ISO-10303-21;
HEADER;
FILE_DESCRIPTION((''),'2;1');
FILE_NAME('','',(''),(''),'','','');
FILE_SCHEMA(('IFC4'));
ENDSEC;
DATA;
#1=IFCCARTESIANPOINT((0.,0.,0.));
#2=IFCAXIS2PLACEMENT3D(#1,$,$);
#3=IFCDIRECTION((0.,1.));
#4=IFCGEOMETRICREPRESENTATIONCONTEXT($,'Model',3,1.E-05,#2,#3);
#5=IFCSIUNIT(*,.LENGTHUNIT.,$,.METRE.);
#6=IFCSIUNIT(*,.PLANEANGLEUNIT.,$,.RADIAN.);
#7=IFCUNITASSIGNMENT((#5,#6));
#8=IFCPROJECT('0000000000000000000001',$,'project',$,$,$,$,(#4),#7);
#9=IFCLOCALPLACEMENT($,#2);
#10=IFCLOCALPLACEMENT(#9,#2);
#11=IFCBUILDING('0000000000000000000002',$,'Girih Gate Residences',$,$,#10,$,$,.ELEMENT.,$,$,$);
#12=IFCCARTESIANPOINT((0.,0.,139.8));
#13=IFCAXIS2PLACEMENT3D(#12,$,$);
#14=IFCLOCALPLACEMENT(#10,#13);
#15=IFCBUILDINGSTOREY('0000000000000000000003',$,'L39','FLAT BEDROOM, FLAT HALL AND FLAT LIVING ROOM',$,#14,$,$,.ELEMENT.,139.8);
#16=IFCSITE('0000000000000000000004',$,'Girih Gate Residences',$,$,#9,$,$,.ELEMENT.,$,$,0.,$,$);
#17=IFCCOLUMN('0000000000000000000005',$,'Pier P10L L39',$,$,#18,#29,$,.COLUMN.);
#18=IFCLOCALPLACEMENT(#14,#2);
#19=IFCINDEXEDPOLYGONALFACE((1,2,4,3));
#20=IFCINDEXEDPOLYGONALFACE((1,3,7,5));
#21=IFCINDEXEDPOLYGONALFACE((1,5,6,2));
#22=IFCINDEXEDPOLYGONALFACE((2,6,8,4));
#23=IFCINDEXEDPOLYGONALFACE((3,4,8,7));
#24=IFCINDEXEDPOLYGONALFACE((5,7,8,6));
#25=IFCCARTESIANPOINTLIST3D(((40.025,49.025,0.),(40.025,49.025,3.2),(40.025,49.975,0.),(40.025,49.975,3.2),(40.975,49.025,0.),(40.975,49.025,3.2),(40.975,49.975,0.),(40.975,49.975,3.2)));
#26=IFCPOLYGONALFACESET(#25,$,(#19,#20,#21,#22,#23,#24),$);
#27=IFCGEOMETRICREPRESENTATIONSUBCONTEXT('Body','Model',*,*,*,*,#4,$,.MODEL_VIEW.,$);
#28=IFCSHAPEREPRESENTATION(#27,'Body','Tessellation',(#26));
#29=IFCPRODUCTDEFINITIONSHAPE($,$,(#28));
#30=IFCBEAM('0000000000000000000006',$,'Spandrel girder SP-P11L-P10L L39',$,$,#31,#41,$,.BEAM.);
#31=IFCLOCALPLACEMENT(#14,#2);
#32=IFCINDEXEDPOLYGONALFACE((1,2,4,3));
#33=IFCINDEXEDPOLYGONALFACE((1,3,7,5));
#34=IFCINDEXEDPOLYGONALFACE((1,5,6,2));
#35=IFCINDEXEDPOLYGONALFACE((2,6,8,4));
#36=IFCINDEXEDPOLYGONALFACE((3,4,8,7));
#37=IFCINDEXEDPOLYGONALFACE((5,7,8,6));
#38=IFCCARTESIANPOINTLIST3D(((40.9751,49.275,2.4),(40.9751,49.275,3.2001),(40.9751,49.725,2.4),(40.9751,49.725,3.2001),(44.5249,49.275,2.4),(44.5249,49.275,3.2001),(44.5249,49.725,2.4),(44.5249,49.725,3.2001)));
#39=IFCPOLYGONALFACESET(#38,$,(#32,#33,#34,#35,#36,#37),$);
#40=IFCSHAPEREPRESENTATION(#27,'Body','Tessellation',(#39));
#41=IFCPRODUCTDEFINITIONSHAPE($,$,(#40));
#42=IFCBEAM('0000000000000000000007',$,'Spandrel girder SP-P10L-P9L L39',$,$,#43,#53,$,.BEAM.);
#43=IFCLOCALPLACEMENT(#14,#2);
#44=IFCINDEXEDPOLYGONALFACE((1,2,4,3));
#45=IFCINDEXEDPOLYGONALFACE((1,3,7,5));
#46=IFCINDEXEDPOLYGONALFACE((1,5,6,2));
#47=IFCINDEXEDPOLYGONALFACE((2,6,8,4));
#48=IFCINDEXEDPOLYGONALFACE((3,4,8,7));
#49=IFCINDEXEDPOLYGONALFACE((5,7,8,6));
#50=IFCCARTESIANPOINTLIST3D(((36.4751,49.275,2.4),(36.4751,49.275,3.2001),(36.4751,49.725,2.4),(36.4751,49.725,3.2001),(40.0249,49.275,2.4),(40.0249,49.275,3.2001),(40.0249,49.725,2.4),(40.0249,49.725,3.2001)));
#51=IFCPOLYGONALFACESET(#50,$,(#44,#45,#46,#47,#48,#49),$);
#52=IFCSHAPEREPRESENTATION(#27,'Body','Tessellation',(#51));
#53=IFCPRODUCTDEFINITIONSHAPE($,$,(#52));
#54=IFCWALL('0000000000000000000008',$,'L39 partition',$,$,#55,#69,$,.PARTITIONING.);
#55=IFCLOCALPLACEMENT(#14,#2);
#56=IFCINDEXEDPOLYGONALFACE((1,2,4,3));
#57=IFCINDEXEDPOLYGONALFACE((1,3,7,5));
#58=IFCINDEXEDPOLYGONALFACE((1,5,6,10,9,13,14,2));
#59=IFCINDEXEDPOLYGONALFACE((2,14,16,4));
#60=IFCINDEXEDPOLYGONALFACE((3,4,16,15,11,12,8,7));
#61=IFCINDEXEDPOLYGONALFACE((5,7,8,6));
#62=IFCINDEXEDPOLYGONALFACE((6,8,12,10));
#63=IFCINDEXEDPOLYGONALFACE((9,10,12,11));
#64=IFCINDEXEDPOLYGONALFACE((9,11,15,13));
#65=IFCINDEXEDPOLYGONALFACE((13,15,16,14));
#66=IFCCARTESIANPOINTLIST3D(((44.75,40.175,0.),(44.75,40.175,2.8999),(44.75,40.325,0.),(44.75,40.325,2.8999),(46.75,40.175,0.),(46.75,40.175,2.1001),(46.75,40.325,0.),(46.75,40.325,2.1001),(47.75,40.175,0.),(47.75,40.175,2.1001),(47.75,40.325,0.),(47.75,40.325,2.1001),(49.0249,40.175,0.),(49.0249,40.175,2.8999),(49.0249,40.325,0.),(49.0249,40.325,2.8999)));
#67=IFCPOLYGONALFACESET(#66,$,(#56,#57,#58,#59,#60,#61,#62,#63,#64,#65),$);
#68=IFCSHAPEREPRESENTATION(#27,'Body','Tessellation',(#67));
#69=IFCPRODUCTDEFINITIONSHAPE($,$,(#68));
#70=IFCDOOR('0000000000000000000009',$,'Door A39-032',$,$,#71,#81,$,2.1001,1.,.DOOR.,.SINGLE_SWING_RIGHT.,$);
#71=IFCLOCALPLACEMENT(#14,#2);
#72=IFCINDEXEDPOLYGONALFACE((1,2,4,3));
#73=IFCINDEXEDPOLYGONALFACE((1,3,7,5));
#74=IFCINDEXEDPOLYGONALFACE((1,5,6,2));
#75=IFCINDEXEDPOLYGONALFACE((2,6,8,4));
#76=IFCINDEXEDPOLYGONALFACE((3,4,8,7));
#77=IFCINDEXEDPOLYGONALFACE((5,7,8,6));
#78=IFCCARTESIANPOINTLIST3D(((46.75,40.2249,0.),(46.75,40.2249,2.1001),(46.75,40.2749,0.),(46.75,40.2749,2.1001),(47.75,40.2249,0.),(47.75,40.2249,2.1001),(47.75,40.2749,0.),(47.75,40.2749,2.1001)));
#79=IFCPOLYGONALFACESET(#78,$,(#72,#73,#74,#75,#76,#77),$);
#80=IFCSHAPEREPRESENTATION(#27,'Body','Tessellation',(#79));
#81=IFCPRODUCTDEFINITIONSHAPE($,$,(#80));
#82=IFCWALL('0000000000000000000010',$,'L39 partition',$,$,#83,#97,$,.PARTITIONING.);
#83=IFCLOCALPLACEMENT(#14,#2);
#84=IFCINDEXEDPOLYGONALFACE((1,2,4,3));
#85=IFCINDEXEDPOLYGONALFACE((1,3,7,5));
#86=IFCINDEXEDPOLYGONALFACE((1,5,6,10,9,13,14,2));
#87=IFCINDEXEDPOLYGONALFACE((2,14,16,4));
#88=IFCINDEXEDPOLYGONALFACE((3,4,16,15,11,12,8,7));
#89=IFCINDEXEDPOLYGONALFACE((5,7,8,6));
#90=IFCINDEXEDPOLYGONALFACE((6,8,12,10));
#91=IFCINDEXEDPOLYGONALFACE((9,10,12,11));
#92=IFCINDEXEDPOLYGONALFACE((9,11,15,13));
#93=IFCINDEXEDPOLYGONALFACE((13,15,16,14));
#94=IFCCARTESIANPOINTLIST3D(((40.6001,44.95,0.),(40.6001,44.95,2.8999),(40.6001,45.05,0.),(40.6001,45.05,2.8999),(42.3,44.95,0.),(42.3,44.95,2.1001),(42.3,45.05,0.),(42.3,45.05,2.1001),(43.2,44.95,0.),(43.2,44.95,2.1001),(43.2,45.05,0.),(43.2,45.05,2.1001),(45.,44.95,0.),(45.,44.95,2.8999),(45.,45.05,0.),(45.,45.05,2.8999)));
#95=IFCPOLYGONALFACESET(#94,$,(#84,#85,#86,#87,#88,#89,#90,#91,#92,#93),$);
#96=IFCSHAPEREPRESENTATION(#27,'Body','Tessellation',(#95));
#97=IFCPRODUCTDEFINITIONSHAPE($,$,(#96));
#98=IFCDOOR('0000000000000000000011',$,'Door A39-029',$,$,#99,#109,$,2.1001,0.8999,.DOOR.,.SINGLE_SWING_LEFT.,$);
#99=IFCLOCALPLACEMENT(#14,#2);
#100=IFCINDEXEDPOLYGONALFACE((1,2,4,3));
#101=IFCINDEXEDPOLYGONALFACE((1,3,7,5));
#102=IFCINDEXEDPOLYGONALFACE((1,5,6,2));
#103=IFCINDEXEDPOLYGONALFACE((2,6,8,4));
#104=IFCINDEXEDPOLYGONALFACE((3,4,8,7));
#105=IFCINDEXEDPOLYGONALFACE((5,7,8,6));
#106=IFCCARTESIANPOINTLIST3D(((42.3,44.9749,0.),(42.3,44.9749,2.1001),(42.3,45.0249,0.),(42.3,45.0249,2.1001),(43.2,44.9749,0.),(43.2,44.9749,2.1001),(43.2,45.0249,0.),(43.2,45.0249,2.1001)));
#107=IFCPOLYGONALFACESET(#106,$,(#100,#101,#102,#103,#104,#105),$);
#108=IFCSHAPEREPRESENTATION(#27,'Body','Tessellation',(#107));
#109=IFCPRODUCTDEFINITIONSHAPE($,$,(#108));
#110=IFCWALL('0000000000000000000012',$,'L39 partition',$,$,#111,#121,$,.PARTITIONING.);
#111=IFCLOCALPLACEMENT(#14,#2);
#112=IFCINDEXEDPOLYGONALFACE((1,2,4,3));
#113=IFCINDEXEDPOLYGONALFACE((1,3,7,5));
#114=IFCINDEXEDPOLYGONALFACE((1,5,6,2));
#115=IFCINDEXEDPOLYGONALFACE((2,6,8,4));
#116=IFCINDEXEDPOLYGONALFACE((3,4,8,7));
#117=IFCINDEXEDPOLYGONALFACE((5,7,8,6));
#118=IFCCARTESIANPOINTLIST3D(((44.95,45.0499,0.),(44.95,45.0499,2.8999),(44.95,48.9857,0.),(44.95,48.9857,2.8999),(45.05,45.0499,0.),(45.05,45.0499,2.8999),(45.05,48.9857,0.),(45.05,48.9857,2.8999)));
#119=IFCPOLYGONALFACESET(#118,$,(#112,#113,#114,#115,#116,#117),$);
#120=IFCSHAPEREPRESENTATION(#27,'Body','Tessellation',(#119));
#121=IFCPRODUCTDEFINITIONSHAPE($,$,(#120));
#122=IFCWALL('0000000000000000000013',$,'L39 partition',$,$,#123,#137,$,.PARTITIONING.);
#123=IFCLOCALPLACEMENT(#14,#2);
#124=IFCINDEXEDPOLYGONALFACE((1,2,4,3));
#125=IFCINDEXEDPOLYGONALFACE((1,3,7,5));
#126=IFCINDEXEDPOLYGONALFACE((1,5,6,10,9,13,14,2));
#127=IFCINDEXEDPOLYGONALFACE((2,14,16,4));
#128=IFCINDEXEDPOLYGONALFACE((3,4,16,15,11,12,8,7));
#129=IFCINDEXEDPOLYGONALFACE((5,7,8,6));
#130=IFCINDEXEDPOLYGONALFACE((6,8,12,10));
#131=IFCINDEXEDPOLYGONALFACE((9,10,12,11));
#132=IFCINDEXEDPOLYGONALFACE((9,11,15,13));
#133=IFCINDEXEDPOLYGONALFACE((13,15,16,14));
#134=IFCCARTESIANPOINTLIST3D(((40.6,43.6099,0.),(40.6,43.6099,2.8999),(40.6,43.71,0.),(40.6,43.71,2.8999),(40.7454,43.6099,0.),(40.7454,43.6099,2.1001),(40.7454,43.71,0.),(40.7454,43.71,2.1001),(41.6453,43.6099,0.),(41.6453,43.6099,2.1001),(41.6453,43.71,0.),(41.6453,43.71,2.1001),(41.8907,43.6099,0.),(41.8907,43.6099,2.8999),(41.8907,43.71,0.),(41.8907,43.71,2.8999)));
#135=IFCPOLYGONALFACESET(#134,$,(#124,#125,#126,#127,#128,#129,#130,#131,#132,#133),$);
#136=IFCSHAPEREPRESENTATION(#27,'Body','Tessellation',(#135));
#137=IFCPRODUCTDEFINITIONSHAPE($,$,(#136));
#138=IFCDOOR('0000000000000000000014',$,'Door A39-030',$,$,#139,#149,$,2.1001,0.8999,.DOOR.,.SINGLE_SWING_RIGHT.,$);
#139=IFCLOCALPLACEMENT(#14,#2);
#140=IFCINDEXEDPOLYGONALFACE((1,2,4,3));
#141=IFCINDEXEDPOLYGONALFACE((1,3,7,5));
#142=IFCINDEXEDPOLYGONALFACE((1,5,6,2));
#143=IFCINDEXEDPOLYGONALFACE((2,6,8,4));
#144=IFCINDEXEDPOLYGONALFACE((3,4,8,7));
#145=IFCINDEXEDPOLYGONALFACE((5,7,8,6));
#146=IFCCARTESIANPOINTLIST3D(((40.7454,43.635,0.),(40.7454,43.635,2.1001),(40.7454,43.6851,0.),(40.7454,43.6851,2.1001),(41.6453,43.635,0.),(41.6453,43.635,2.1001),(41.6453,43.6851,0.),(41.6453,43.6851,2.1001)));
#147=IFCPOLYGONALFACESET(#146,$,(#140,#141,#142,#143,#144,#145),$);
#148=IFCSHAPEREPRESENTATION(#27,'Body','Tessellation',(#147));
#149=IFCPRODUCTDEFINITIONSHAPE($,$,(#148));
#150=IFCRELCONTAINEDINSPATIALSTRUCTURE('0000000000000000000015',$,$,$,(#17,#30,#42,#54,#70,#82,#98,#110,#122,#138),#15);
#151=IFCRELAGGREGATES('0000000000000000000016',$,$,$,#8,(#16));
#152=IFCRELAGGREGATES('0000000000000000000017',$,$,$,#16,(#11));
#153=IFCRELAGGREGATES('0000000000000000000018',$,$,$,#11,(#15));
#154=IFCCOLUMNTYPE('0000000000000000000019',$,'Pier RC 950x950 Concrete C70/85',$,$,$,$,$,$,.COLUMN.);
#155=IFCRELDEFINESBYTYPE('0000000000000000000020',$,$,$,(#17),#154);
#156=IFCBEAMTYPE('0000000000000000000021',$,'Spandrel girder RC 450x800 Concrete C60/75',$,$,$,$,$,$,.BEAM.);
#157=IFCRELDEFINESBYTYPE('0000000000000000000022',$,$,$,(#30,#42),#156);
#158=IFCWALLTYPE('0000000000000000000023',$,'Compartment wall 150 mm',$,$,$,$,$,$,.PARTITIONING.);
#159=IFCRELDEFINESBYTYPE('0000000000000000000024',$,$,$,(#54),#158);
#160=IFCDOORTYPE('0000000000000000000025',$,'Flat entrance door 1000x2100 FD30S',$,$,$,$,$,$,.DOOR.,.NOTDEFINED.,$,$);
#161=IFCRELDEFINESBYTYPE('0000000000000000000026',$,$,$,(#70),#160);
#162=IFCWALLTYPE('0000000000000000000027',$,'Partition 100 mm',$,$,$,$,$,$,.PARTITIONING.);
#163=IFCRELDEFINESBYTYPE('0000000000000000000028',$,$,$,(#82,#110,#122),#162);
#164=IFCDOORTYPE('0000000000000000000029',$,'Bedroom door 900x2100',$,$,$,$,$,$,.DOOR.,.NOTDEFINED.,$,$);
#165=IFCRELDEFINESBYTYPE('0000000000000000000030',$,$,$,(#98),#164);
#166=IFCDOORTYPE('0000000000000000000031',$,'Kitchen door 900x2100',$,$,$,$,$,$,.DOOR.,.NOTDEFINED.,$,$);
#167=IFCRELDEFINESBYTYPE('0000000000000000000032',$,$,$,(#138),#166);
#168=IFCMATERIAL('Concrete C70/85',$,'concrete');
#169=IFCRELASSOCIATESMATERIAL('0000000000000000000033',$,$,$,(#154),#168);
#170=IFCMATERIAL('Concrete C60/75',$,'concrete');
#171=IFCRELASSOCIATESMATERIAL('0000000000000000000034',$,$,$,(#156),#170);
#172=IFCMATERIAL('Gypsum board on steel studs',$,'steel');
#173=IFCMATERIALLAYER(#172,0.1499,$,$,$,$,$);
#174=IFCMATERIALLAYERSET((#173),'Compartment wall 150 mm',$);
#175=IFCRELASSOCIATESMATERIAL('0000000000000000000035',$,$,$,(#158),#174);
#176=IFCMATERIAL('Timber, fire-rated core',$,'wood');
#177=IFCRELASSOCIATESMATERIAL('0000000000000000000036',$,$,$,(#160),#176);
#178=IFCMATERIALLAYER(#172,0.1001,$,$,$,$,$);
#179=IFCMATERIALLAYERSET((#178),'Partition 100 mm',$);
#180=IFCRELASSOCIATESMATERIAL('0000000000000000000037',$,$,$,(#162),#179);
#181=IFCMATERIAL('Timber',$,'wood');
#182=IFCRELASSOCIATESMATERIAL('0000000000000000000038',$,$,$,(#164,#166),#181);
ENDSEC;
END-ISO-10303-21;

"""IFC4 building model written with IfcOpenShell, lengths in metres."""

from ifc_helpers import new_model, si_unit, direction, frame, frame_2d, origin, origin_2d, place, context, subcontext, project, spatial, rectangle, extrude, material, layer, layer_set, material_profile, profile_set, type_object, element, fill, save


model = new_model("IFC4")

# Units and contexts
model_context = context("Model", 3, precision=1e-05, world=origin(), true_north=direction((0.0, 1.0)))
body_context = subcontext(model_context, "Body", "Model", "MODEL_VIEW")
ifc_project = project(units=[si_unit("LENGTHUNIT", "METRE"), si_unit("PLANEANGLEUNIT", "RADIAN")], contexts=[model_context])

# Site, building, storey
site_placement = place(None, origin())
site = spatial("IfcSite", under=ifc_project, at=site_placement, Name="Girih Gate Residences", CompositionType="ELEMENT", RefElevation=0.0)
building_placement = place(site_placement, origin())
building = spatial("IfcBuilding", under=site, at=building_placement, Name="Girih Gate Residences", CompositionType="ELEMENT")
storey_placement = place(building_placement, frame((0.0, 0.0, 139.8)))
storey = spatial("IfcBuildingStorey", under=building, at=storey_placement, Name="L39", Description="FLAT BEDROOM, FLAT HALL AND FLAT LIVING ROOM", CompositionType="ELEMENT", Elevation=139.8)

# Column
ifc_material_1 = material(Name="Concrete C70/85", Category="concrete")
ifc_material_profile_1 = material_profile(ifc_material_1, rectangle(XDim=0.95, YDim=0.95, at=origin_2d()))
ifc_profile_set_1 = profile_set([ifc_material_profile_1], Name="Concrete C70/85")
column_type = type_object("IfcColumnType", Name="Pier RC 950x950 Concrete C70/85", PredefinedType="COLUMN", material=ifc_profile_set_1)
column_placement = place(storey_placement, frame((40.5, 49.5, 0.0), z_axis=(0.0, 0.0, 1.0), x_axis=(1.0, 0.0, 0.0)))
element("IfcColumn", 1, at=column_placement, inside=storey, type_object=column_type, Name="Pier P10L L39", PredefinedType="COLUMN", context=body_context, shape_type="SweptSolid", body=[
    extrude(rectangle(XDim=0.95, YDim=0.95, at=origin_2d()), origin(), (0.0, 0.0, 1.0), 3.2),
])

# Beams
ifc_material_2 = material(Name="Concrete C60/75", Category="concrete")
ifc_material_profile_2 = material_profile(ifc_material_2, rectangle(XDim=0.45, YDim=0.8, at=origin_2d()))
ifc_profile_set_2 = profile_set([ifc_material_profile_2], Name="Concrete C60/75")
beam_type = type_object("IfcBeamType", Name="Spandrel girder RC 450x800 Concrete C60/75", PredefinedType="BEAM", material=ifc_profile_set_2)
for number, where, z_axis, x_axis, name in (
    (2, (44.5249, 49.5, 2.8), (-1.0, 0.0, 0.0), (0.0, -1.0, 0.0), "Spandrel girder SP-P11L-P10L L39"),
    (3, (40.0249, 49.5, 2.8), (-1.0, 0.0, 0.0), (0.0, -1.0, 0.0), "Spandrel girder SP-P10L-P9L L39"),
):
    element("IfcBeam", number, at=place(storey_placement, frame(where, z_axis=z_axis, x_axis=x_axis)), inside=storey, type_object=beam_type, Name=name, PredefinedType="BEAM", context=body_context, shape_type="SweptSolid", body=[
        extrude(rectangle(XDim=0.45, YDim=0.8, at=origin_2d()), origin(), (0.0, 0.0, 1.0), 3.5498),
    ])

# Walls, openings, doors
ifc_material_3 = material(Name="Gypsum board on steel studs", Category="steel")
ifc_layer_1 = layer(ifc_material_3, 0.1499)
ifc_layer_set_1 = layer_set([ifc_layer_1], Name="Compartment wall 150 mm")
wall_type_1 = type_object("IfcWallType", Name="Compartment wall 150 mm", PredefinedType="PARTITIONING", material=ifc_layer_set_1)
wall_1_placement = place(storey_placement, frame((44.75, 40.25, 0.0), z_axis=(0.0, 0.0, 1.0), x_axis=(1.0, 0.0, 0.0)))
wall_1 = element("IfcWall", 4, at=wall_1_placement, inside=storey, type_object=wall_type_1, Name="L39 partition", PredefinedType="PARTITIONING", context=body_context, shape_type="SweptSolid", body=[
    extrude(rectangle(XDim=4.2749, YDim=0.1499, at=frame_2d((2.1375, 0.0))), origin(), (0.0, 0.0, 1.0), 2.8999),
])
opening_1_placement = place(wall_1_placement, frame((2.0, 0.0, 0.0)))
opening_1 = element("IfcOpeningElement", 5, at=opening_1_placement, cuts=wall_1, PredefinedType="OPENING", context=body_context, shape_type="SweptSolid", body=[
    extrude(rectangle(XDim=1.0, YDim=2.1001, at=frame_2d((0.5, 1.05))), frame((0.0, 0.085, 0.0), z_axis=(0.0, -1.0, 0.0), x_axis=(1.0, 0.0, 0.0)), (0.0, 0.0, 1.0), 0.1699),
])
ifc_material_4 = material(Name="Timber, fire-rated core", Category="wood")
door_type_1 = type_object("IfcDoorType", Name="Flat entrance door 1000x2100 FD30S", OperationType="NOTDEFINED", PredefinedType="DOOR", material=ifc_material_4)
door_1_placement = place(opening_1_placement, origin())
door_1 = element("IfcDoor", 6, at=door_1_placement, inside=storey, type_object=door_type_1, Name="Door A39-032", OperationType="SINGLE_SWING_RIGHT", OverallHeight=2.1001, OverallWidth=1.0, PredefinedType="DOOR", context=body_context, shape_type="SweptSolid", body=[
    extrude(rectangle(XDim=1.0, YDim=2.1001, at=frame_2d((0.5, 1.05))), frame((0.0, 0.0249, 0.0), z_axis=(0.0, -1.0, 0.0), x_axis=(1.0, 0.0, 0.0)), (0.0, 0.0, 1.0), 0.05),
])
fill(opening_1, door_1)
ifc_layer_2 = layer(ifc_material_3, 0.1001)
ifc_layer_set_2 = layer_set([ifc_layer_2], Name="Partition 100 mm")
wall_type_2 = type_object("IfcWallType", Name="Partition 100 mm", PredefinedType="PARTITIONING", material=ifc_layer_set_2)
wall_2_placement = place(storey_placement, frame((40.6001, 45.0, 0.0), z_axis=(0.0, 0.0, 1.0), x_axis=(1.0, 0.0, 0.0)))
wall_2 = element("IfcWall", 7, at=wall_2_placement, inside=storey, type_object=wall_type_2, Name="L39 partition", PredefinedType="PARTITIONING", context=body_context, shape_type="SweptSolid", body=[
    extrude(rectangle(XDim=4.3999, YDim=0.1001, at=frame_2d((2.2, 0.0))), origin(), (0.0, 0.0, 1.0), 2.8999),
])
opening_2_placement = place(wall_2_placement, frame((1.7, 0.0, 0.0)))
opening_2 = element("IfcOpeningElement", 8, at=opening_2_placement, cuts=wall_2, PredefinedType="OPENING", context=body_context, shape_type="SweptSolid", body=[
    extrude(rectangle(XDim=0.8999, YDim=2.1001, at=frame_2d((0.45, 1.05))), frame((0.0, 0.0601, 0.0), z_axis=(0.0, -1.0, 0.0), x_axis=(1.0, 0.0, 0.0)), (0.0, 0.0, 1.0), 0.1201),
])
ifc_material_5 = material(Name="Timber", Category="wood")
door_type_2 = type_object("IfcDoorType", Name="Bedroom door 900x2100", OperationType="NOTDEFINED", PredefinedType="DOOR", material=ifc_material_5)
door_2_placement = place(opening_2_placement, origin())
door_2 = element("IfcDoor", 9, at=door_2_placement, inside=storey, type_object=door_type_2, Name="Door A39-029", OperationType="SINGLE_SWING_LEFT", OverallHeight=2.1001, OverallWidth=0.8999, PredefinedType="DOOR", context=body_context, shape_type="SweptSolid", body=[
    extrude(rectangle(XDim=0.8999, YDim=2.1001, at=frame_2d((0.45, 1.05))), frame((0.0, 0.0249, 0.0), z_axis=(0.0, -1.0, 0.0), x_axis=(1.0, 0.0, 0.0)), (0.0, 0.0, 1.0), 0.05),
])
fill(opening_2, door_2)

# Wall
wall_3_placement = place(storey_placement, frame((45.0, 45.05, 0.0), z_axis=(0.0, 0.0, 1.0), x_axis=(0.0, 1.0, 0.0)))
element("IfcWall", 10, at=wall_3_placement, inside=storey, type_object=wall_type_2, Name="L39 partition", PredefinedType="PARTITIONING", context=body_context, shape_type="SweptSolid", body=[
    extrude(rectangle(XDim=3.9358, YDim=0.1001, at=frame_2d((1.9678, 0.0))), origin(), (0.0, 0.0, 1.0), 2.8999),
])

# Wall, opening, door
wall_4_placement = place(storey_placement, frame((41.8909, 43.6599, 0.0), z_axis=(0.0, 0.0, 1.0), x_axis=(-1.0, 0.0, 0.0)))
wall_4 = element("IfcWall", 11, at=wall_4_placement, inside=storey, type_object=wall_type_2, Name="L39 partition", PredefinedType="PARTITIONING", context=body_context, shape_type="SweptSolid", body=[
    extrude(rectangle(XDim=1.2908, YDim=0.1001, at=frame_2d((0.6455, 0.0))), origin(), (0.0, 0.0, 1.0), 2.8999),
])
opening_3_placement = place(wall_4_placement, frame((0.2456, 0.0, 0.0)))
opening_3 = element("IfcOpeningElement", 12, at=opening_3_placement, cuts=wall_4, PredefinedType="OPENING", context=body_context, shape_type="SweptSolid", body=[
    extrude(rectangle(XDim=0.8999, YDim=2.1001, at=frame_2d((0.45, 1.05))), frame((0.0, 0.0601, 0.0), z_axis=(0.0, -1.0, 0.0), x_axis=(1.0, 0.0, 0.0)), (0.0, 0.0, 1.0), 0.1201),
])
door_type_3 = type_object("IfcDoorType", Name="Kitchen door 900x2100", OperationType="NOTDEFINED", PredefinedType="DOOR", material=ifc_material_5)
door_3_placement = place(opening_3_placement, origin())
door_3 = element("IfcDoor", 13, at=door_3_placement, inside=storey, type_object=door_type_3, Name="Door A39-030", OperationType="SINGLE_SWING_RIGHT", OverallHeight=2.1001, OverallWidth=0.8999, PredefinedType="DOOR", context=body_context, shape_type="SweptSolid", body=[
    extrude(rectangle(XDim=0.8999, YDim=2.1001, at=frame_2d((0.45, 1.05))), frame((0.0, 0.0249, 0.0), z_axis=(0.0, -1.0, 0.0), x_axis=(1.0, 0.0, 0.0)), (0.0, 0.0, 1.0), 0.05),
])
fill(opening_3, door_3)

save(model, "model.ifc")
